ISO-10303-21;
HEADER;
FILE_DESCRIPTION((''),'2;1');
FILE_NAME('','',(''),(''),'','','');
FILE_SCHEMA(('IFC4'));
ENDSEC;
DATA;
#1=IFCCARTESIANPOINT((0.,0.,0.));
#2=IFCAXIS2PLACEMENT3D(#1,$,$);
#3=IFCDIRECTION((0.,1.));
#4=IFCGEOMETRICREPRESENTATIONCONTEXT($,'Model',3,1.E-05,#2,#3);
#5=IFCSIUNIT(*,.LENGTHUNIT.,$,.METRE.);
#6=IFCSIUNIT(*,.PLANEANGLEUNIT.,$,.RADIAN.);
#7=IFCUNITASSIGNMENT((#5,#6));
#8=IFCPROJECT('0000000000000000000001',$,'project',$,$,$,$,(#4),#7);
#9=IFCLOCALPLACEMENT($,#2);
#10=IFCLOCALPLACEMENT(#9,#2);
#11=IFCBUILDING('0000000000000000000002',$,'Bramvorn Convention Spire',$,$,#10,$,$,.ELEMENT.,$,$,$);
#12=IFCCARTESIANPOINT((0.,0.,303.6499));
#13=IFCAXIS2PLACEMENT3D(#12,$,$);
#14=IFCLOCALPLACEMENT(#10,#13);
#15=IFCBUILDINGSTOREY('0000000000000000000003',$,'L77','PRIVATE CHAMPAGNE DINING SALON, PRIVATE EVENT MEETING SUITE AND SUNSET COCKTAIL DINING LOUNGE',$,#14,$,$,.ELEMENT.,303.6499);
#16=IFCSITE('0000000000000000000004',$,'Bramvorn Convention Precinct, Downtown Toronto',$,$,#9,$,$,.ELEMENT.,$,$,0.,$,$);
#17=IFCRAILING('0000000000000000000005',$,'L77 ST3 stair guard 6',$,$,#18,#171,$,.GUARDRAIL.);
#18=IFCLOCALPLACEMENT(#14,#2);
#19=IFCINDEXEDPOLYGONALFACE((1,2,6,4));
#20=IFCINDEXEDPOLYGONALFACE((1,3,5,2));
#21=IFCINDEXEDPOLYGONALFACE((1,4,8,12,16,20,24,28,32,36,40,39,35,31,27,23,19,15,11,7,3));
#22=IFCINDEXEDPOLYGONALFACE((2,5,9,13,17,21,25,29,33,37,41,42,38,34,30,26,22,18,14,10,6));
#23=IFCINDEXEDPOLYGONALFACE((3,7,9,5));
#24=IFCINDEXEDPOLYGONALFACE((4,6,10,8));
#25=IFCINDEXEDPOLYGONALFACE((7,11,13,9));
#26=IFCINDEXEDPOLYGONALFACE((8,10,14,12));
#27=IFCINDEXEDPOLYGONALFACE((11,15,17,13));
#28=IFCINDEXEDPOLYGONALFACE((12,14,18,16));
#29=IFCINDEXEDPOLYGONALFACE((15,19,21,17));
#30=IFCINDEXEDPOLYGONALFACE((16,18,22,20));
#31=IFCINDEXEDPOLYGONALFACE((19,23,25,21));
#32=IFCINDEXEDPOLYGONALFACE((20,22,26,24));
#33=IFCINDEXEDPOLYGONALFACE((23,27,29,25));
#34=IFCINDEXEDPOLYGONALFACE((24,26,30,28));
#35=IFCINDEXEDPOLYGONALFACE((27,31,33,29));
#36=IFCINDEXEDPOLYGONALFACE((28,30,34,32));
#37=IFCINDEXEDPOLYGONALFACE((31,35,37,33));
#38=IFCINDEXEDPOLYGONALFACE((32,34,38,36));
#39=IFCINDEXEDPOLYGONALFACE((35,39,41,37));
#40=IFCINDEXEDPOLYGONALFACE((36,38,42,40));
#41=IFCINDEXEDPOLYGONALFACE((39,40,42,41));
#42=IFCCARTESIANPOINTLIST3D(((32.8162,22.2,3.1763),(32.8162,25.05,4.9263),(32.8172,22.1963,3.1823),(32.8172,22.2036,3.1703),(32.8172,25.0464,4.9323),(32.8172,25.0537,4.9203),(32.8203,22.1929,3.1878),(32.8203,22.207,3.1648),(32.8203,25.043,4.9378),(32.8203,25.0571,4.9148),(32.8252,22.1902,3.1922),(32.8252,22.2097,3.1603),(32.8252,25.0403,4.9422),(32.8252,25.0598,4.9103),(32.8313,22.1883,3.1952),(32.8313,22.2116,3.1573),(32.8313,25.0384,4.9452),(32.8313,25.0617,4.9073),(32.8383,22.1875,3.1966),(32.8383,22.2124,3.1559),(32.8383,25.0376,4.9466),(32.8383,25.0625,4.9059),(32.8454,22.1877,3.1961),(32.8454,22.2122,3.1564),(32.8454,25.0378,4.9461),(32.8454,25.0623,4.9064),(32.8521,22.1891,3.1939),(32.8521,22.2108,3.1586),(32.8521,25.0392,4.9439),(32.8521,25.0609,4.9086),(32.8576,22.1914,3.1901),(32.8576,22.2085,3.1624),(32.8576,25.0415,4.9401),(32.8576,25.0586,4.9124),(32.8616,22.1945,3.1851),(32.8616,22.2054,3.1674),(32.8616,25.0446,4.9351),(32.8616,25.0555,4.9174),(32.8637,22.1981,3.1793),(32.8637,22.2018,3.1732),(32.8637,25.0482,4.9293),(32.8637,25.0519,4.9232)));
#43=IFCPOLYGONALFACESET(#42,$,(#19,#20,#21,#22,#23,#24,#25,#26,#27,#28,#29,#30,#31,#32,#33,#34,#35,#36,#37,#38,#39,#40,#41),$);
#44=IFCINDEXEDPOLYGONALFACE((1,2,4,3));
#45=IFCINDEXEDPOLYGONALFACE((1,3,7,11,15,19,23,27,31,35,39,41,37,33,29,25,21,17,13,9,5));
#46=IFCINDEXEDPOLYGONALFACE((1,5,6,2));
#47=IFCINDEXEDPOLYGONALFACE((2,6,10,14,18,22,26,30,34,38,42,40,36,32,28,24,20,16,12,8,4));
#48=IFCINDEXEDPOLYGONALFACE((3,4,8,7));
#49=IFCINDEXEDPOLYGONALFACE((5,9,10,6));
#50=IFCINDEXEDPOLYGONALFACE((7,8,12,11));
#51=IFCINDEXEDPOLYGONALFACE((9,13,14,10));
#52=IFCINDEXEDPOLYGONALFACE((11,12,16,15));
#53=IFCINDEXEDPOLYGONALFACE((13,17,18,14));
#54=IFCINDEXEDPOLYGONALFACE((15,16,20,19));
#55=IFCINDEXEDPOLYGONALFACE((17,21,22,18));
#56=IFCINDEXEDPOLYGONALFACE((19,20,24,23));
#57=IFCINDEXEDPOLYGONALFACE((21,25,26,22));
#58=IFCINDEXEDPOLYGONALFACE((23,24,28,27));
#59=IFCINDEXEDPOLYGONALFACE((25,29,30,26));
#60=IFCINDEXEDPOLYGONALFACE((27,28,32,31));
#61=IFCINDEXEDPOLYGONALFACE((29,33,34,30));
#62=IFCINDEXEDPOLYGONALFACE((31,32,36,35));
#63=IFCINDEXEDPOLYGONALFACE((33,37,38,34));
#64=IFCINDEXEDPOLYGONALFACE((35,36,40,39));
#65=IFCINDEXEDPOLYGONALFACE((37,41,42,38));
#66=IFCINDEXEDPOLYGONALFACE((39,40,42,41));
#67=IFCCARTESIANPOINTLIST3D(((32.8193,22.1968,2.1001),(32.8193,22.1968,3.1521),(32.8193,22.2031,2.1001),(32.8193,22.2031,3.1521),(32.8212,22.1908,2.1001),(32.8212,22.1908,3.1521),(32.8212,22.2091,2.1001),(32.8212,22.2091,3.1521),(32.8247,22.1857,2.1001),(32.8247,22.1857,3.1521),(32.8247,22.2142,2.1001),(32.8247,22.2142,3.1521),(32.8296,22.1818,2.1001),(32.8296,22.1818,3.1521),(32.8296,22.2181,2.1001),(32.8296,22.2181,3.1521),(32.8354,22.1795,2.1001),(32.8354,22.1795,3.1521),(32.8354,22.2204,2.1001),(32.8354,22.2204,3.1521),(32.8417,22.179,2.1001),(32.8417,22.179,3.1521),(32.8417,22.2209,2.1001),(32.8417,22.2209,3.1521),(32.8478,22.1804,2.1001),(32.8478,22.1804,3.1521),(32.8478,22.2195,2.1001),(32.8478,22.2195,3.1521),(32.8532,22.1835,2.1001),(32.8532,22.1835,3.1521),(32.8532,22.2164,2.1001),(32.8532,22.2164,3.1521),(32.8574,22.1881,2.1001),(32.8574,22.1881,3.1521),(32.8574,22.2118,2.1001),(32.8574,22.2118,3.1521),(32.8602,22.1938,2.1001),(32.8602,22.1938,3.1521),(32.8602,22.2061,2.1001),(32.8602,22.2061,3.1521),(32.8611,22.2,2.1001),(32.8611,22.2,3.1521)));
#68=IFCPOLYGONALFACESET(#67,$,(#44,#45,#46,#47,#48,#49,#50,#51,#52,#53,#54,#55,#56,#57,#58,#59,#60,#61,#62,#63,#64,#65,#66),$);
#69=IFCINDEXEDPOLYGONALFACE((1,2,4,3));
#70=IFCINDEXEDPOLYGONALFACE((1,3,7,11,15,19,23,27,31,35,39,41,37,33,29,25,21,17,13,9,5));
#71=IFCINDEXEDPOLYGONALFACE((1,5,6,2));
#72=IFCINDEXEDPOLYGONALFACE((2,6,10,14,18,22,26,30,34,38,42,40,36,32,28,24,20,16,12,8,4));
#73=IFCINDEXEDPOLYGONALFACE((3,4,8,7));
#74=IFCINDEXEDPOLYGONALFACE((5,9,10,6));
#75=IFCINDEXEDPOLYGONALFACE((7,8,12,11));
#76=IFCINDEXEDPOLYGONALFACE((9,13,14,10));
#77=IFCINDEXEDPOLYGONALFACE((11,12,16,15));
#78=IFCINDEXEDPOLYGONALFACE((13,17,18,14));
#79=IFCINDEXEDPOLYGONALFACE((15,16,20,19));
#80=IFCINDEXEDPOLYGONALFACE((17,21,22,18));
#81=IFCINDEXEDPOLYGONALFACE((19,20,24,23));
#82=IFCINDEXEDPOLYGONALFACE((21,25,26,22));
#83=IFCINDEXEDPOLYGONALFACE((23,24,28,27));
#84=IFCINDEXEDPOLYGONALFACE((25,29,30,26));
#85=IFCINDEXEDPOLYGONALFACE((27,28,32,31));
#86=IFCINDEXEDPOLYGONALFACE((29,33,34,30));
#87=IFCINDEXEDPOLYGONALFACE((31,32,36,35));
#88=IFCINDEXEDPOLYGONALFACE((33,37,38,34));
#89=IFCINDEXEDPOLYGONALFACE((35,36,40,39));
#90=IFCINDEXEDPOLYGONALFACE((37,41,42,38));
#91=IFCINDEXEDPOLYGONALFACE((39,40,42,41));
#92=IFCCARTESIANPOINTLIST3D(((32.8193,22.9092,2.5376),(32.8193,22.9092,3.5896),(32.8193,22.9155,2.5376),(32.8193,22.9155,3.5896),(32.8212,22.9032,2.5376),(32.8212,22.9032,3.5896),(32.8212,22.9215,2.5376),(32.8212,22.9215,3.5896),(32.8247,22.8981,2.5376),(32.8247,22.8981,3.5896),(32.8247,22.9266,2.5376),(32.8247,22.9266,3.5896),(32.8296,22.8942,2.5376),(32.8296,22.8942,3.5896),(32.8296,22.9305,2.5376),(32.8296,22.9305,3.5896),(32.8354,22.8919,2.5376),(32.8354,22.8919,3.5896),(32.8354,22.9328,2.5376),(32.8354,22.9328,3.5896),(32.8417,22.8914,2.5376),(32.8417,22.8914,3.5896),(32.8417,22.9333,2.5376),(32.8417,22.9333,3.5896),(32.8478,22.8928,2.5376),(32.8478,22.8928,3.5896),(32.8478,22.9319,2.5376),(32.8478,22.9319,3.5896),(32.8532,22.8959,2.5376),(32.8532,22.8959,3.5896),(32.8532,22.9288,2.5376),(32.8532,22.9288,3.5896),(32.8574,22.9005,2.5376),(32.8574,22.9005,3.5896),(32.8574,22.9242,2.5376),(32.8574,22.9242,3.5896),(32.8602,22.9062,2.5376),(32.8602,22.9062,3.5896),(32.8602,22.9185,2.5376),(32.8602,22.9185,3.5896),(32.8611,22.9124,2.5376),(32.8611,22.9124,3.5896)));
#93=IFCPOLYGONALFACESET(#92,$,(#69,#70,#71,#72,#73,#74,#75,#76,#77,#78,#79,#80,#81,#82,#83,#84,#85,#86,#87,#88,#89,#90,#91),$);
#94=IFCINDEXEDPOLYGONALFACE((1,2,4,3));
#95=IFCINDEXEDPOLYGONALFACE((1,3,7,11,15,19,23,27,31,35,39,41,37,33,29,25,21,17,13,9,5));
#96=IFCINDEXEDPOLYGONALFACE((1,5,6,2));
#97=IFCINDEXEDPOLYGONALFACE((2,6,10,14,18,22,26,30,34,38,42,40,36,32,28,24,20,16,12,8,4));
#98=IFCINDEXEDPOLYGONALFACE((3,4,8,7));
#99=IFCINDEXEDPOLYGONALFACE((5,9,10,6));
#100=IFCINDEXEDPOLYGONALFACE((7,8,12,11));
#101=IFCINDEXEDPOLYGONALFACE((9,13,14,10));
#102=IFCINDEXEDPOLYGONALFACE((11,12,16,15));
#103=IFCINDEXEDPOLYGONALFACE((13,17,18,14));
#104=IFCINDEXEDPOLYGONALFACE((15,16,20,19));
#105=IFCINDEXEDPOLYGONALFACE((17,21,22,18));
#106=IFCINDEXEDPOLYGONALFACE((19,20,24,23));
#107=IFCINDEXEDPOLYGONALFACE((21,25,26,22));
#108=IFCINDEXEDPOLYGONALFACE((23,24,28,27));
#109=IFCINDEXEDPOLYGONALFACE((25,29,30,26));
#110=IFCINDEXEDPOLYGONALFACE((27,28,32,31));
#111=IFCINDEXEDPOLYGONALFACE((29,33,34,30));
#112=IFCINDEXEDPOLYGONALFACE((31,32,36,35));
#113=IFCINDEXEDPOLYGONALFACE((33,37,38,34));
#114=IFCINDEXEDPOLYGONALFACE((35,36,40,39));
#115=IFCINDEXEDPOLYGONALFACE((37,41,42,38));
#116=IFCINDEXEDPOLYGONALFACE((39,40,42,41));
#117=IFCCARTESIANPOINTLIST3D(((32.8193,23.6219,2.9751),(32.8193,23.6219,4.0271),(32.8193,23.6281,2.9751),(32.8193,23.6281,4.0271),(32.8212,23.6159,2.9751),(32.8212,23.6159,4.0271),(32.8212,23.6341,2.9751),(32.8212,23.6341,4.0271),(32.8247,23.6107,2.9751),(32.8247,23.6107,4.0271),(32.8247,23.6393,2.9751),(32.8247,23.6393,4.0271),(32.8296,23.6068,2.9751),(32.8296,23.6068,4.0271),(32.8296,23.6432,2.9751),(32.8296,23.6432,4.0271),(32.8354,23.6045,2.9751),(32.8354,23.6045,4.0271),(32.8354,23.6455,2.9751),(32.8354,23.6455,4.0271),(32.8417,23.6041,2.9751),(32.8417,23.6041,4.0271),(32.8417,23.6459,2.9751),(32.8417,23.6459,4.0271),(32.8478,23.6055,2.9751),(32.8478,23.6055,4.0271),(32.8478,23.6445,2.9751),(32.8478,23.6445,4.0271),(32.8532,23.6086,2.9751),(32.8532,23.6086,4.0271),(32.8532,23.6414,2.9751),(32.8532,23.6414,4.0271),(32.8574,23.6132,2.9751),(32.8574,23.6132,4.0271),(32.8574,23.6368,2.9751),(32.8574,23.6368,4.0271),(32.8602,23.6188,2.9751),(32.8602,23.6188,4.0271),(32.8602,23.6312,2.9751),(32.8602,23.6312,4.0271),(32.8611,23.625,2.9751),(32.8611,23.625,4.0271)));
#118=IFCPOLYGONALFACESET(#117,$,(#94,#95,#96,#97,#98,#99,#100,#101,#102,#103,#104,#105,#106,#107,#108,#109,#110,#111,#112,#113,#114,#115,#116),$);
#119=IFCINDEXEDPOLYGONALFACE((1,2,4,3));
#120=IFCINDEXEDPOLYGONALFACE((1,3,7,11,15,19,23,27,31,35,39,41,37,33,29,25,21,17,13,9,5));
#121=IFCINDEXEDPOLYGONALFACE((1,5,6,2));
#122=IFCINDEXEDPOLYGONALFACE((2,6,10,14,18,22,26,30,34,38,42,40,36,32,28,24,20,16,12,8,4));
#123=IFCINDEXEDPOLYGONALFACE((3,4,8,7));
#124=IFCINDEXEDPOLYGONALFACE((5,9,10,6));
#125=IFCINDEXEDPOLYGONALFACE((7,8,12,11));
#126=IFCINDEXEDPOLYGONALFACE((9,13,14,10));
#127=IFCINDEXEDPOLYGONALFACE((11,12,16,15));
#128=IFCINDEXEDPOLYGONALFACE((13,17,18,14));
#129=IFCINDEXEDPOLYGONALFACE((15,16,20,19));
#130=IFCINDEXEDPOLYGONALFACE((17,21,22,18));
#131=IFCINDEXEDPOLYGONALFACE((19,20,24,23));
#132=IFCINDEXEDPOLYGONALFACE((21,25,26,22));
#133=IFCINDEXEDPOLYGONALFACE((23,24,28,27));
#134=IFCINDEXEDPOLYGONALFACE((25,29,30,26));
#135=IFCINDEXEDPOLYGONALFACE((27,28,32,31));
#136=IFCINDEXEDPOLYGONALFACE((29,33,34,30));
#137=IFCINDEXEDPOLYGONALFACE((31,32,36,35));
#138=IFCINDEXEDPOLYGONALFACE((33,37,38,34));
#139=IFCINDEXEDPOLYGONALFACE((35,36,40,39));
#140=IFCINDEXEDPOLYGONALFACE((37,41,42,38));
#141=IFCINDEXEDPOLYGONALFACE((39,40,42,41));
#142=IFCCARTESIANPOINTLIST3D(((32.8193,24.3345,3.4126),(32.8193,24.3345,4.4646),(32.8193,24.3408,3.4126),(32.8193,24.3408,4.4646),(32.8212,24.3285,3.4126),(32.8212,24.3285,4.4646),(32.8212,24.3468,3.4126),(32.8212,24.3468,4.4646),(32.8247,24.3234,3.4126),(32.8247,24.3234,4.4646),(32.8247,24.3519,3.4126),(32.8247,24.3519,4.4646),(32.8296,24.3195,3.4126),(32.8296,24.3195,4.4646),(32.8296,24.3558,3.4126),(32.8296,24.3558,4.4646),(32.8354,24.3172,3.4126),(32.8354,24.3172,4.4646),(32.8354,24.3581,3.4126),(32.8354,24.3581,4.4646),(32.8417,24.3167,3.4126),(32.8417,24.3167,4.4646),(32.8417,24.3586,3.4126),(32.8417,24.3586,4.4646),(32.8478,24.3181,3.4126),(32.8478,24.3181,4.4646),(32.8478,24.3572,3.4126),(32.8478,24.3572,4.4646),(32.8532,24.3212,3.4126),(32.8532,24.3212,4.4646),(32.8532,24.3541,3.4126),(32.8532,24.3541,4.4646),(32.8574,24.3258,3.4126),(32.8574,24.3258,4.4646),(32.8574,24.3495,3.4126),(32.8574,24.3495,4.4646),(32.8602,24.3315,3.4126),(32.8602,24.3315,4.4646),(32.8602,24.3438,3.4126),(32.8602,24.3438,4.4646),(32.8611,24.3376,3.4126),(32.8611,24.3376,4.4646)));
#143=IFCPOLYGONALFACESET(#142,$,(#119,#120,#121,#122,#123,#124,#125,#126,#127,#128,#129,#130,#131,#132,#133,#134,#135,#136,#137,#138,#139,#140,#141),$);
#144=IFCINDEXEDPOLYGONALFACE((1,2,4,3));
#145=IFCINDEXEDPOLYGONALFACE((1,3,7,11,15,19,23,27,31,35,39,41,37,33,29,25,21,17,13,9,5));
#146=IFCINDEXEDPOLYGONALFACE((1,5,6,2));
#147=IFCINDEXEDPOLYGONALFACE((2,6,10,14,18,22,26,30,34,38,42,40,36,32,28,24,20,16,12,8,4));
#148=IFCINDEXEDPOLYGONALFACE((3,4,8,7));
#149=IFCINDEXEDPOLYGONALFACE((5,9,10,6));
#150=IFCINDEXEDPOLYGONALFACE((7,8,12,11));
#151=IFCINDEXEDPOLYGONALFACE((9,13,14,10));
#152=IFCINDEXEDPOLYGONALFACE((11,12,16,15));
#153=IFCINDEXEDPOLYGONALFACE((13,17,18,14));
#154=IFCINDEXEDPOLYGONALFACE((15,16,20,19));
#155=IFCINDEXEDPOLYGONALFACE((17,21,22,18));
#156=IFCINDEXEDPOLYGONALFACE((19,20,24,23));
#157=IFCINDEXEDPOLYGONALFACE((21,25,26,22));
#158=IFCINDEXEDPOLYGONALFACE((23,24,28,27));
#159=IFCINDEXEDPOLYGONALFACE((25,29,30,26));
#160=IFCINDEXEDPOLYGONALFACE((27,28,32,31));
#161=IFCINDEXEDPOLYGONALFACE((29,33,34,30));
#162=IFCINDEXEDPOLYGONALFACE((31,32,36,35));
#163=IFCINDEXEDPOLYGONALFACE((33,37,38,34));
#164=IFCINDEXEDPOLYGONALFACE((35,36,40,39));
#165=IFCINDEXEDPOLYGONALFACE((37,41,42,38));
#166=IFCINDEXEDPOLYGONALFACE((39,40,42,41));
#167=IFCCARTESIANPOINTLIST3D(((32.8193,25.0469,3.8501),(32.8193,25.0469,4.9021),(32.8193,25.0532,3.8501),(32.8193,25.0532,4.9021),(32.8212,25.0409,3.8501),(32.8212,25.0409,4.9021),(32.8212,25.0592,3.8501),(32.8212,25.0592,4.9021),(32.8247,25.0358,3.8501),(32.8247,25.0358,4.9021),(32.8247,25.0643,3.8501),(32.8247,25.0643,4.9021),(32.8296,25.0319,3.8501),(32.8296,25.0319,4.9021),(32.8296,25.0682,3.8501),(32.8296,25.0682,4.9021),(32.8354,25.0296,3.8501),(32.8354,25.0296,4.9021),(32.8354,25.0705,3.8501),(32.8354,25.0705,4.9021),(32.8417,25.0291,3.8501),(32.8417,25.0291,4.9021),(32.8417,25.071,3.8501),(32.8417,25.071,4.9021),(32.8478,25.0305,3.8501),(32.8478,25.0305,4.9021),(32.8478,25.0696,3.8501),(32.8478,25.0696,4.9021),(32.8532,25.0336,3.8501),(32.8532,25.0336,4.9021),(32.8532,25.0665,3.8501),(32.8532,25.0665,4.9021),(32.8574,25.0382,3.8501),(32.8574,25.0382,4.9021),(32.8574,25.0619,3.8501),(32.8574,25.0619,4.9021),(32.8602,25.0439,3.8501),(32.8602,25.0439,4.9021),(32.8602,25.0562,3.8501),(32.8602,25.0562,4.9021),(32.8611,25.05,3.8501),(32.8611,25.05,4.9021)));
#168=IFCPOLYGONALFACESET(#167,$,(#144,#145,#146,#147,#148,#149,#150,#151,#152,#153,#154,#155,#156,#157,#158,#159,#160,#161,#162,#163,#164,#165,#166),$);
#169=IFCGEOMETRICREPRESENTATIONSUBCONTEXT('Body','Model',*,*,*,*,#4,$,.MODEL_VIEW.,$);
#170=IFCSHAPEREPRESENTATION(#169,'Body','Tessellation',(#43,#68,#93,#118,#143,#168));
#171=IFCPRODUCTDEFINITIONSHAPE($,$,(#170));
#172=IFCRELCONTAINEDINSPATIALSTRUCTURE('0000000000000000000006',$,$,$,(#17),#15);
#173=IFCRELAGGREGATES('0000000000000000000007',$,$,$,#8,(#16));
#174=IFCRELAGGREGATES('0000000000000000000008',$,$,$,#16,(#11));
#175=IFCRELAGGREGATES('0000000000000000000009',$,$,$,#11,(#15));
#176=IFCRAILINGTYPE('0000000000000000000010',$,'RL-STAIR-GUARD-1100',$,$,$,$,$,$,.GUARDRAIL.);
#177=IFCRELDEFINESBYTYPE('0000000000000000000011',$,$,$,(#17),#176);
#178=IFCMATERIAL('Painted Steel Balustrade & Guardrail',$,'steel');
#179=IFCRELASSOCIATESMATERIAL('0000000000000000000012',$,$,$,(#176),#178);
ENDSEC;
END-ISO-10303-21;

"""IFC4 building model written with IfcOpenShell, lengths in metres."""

from ifc_helpers import new_model, si_unit, direction, frame, origin, origin_2d, place, context, subcontext, project, spatial, circle, extrude, material, type_object, element, save


model = new_model("IFC4")

# Units and contexts
model_context = context("Model", 3, precision=1e-05, world=origin(), true_north=direction((0.0, 1.0)))
body_context = subcontext(model_context, "Body", "Model", "MODEL_VIEW")
ifc_project = project(units=[si_unit("LENGTHUNIT", "METRE"), si_unit("PLANEANGLEUNIT", "RADIAN")], contexts=[model_context])

# Site, building, storey
site_placement = place(None, origin())
site = spatial("IfcSite", under=ifc_project, at=site_placement, Name="Bramvorn Convention Precinct, Downtown Toronto", CompositionType="ELEMENT", RefElevation=0.0)
building_placement = place(site_placement, origin())
building = spatial("IfcBuilding", under=site, at=building_placement, Name="Bramvorn Convention Spire", CompositionType="ELEMENT")
storey_placement = place(building_placement, frame((0.0, 0.0, 303.6499)))
storey = spatial("IfcBuildingStorey", under=building, at=storey_placement, Name="L77", Description="PRIVATE CHAMPAGNE DINING SALON, PRIVATE EVENT MEETING SUITE AND SUNSET COCKTAIL DINING LOUNGE", CompositionType="ELEMENT", Elevation=303.6499)

# Railing
ifc_material_1 = material(Name="Painted Steel Balustrade & Guardrail", Category="steel")
railing_type_1 = type_object("IfcRailingType", Name="RL-STAIR-GUARD-1100", PredefinedType="GUARDRAIL", material=ifc_material_1)
railing_1_placement = place(storey_placement, frame((32.8401, 22.2, 2.1001)))
element("IfcRailing", 1, at=railing_1_placement, inside=storey, type_object=railing_type_1, Name="L77 ST3 stair guard 6", PredefinedType="GUARDRAIL", context=body_context, shape_type="SweptSolid", body=[
    extrude(circle(Radius=0.0239, at=origin_2d()), frame((0.0, 0.0, 1.0762), z_axis=(0.0, 0.852179, 0.52325), x_axis=(-1.0, 0.0, 0.0)), (0.0, 0.0, 1.0), 3.3445),
    extrude(circle(Radius=0.021, at=origin_2d()), origin(), (0.0, 0.0, 1.0), 1.052),
    extrude(circle(Radius=0.021, at=origin_2d()), frame((0.0, 0.7124, 0.4375)), (0.0, 0.0, 1.0), 1.052),
    extrude(circle(Radius=0.021, at=origin_2d()), frame((0.0, 1.425, 0.875)), (0.0, 0.0, 1.0), 1.052),
    extrude(circle(Radius=0.021, at=origin_2d()), frame((0.0, 2.1377, 1.3125)), (0.0, 0.0, 1.0), 1.052),
    extrude(circle(Radius=0.021, at=origin_2d()), frame((0.0, 2.8501, 1.75)), (0.0, 0.0, 1.0), 1.052),
])

save(model, "model.ifc")
